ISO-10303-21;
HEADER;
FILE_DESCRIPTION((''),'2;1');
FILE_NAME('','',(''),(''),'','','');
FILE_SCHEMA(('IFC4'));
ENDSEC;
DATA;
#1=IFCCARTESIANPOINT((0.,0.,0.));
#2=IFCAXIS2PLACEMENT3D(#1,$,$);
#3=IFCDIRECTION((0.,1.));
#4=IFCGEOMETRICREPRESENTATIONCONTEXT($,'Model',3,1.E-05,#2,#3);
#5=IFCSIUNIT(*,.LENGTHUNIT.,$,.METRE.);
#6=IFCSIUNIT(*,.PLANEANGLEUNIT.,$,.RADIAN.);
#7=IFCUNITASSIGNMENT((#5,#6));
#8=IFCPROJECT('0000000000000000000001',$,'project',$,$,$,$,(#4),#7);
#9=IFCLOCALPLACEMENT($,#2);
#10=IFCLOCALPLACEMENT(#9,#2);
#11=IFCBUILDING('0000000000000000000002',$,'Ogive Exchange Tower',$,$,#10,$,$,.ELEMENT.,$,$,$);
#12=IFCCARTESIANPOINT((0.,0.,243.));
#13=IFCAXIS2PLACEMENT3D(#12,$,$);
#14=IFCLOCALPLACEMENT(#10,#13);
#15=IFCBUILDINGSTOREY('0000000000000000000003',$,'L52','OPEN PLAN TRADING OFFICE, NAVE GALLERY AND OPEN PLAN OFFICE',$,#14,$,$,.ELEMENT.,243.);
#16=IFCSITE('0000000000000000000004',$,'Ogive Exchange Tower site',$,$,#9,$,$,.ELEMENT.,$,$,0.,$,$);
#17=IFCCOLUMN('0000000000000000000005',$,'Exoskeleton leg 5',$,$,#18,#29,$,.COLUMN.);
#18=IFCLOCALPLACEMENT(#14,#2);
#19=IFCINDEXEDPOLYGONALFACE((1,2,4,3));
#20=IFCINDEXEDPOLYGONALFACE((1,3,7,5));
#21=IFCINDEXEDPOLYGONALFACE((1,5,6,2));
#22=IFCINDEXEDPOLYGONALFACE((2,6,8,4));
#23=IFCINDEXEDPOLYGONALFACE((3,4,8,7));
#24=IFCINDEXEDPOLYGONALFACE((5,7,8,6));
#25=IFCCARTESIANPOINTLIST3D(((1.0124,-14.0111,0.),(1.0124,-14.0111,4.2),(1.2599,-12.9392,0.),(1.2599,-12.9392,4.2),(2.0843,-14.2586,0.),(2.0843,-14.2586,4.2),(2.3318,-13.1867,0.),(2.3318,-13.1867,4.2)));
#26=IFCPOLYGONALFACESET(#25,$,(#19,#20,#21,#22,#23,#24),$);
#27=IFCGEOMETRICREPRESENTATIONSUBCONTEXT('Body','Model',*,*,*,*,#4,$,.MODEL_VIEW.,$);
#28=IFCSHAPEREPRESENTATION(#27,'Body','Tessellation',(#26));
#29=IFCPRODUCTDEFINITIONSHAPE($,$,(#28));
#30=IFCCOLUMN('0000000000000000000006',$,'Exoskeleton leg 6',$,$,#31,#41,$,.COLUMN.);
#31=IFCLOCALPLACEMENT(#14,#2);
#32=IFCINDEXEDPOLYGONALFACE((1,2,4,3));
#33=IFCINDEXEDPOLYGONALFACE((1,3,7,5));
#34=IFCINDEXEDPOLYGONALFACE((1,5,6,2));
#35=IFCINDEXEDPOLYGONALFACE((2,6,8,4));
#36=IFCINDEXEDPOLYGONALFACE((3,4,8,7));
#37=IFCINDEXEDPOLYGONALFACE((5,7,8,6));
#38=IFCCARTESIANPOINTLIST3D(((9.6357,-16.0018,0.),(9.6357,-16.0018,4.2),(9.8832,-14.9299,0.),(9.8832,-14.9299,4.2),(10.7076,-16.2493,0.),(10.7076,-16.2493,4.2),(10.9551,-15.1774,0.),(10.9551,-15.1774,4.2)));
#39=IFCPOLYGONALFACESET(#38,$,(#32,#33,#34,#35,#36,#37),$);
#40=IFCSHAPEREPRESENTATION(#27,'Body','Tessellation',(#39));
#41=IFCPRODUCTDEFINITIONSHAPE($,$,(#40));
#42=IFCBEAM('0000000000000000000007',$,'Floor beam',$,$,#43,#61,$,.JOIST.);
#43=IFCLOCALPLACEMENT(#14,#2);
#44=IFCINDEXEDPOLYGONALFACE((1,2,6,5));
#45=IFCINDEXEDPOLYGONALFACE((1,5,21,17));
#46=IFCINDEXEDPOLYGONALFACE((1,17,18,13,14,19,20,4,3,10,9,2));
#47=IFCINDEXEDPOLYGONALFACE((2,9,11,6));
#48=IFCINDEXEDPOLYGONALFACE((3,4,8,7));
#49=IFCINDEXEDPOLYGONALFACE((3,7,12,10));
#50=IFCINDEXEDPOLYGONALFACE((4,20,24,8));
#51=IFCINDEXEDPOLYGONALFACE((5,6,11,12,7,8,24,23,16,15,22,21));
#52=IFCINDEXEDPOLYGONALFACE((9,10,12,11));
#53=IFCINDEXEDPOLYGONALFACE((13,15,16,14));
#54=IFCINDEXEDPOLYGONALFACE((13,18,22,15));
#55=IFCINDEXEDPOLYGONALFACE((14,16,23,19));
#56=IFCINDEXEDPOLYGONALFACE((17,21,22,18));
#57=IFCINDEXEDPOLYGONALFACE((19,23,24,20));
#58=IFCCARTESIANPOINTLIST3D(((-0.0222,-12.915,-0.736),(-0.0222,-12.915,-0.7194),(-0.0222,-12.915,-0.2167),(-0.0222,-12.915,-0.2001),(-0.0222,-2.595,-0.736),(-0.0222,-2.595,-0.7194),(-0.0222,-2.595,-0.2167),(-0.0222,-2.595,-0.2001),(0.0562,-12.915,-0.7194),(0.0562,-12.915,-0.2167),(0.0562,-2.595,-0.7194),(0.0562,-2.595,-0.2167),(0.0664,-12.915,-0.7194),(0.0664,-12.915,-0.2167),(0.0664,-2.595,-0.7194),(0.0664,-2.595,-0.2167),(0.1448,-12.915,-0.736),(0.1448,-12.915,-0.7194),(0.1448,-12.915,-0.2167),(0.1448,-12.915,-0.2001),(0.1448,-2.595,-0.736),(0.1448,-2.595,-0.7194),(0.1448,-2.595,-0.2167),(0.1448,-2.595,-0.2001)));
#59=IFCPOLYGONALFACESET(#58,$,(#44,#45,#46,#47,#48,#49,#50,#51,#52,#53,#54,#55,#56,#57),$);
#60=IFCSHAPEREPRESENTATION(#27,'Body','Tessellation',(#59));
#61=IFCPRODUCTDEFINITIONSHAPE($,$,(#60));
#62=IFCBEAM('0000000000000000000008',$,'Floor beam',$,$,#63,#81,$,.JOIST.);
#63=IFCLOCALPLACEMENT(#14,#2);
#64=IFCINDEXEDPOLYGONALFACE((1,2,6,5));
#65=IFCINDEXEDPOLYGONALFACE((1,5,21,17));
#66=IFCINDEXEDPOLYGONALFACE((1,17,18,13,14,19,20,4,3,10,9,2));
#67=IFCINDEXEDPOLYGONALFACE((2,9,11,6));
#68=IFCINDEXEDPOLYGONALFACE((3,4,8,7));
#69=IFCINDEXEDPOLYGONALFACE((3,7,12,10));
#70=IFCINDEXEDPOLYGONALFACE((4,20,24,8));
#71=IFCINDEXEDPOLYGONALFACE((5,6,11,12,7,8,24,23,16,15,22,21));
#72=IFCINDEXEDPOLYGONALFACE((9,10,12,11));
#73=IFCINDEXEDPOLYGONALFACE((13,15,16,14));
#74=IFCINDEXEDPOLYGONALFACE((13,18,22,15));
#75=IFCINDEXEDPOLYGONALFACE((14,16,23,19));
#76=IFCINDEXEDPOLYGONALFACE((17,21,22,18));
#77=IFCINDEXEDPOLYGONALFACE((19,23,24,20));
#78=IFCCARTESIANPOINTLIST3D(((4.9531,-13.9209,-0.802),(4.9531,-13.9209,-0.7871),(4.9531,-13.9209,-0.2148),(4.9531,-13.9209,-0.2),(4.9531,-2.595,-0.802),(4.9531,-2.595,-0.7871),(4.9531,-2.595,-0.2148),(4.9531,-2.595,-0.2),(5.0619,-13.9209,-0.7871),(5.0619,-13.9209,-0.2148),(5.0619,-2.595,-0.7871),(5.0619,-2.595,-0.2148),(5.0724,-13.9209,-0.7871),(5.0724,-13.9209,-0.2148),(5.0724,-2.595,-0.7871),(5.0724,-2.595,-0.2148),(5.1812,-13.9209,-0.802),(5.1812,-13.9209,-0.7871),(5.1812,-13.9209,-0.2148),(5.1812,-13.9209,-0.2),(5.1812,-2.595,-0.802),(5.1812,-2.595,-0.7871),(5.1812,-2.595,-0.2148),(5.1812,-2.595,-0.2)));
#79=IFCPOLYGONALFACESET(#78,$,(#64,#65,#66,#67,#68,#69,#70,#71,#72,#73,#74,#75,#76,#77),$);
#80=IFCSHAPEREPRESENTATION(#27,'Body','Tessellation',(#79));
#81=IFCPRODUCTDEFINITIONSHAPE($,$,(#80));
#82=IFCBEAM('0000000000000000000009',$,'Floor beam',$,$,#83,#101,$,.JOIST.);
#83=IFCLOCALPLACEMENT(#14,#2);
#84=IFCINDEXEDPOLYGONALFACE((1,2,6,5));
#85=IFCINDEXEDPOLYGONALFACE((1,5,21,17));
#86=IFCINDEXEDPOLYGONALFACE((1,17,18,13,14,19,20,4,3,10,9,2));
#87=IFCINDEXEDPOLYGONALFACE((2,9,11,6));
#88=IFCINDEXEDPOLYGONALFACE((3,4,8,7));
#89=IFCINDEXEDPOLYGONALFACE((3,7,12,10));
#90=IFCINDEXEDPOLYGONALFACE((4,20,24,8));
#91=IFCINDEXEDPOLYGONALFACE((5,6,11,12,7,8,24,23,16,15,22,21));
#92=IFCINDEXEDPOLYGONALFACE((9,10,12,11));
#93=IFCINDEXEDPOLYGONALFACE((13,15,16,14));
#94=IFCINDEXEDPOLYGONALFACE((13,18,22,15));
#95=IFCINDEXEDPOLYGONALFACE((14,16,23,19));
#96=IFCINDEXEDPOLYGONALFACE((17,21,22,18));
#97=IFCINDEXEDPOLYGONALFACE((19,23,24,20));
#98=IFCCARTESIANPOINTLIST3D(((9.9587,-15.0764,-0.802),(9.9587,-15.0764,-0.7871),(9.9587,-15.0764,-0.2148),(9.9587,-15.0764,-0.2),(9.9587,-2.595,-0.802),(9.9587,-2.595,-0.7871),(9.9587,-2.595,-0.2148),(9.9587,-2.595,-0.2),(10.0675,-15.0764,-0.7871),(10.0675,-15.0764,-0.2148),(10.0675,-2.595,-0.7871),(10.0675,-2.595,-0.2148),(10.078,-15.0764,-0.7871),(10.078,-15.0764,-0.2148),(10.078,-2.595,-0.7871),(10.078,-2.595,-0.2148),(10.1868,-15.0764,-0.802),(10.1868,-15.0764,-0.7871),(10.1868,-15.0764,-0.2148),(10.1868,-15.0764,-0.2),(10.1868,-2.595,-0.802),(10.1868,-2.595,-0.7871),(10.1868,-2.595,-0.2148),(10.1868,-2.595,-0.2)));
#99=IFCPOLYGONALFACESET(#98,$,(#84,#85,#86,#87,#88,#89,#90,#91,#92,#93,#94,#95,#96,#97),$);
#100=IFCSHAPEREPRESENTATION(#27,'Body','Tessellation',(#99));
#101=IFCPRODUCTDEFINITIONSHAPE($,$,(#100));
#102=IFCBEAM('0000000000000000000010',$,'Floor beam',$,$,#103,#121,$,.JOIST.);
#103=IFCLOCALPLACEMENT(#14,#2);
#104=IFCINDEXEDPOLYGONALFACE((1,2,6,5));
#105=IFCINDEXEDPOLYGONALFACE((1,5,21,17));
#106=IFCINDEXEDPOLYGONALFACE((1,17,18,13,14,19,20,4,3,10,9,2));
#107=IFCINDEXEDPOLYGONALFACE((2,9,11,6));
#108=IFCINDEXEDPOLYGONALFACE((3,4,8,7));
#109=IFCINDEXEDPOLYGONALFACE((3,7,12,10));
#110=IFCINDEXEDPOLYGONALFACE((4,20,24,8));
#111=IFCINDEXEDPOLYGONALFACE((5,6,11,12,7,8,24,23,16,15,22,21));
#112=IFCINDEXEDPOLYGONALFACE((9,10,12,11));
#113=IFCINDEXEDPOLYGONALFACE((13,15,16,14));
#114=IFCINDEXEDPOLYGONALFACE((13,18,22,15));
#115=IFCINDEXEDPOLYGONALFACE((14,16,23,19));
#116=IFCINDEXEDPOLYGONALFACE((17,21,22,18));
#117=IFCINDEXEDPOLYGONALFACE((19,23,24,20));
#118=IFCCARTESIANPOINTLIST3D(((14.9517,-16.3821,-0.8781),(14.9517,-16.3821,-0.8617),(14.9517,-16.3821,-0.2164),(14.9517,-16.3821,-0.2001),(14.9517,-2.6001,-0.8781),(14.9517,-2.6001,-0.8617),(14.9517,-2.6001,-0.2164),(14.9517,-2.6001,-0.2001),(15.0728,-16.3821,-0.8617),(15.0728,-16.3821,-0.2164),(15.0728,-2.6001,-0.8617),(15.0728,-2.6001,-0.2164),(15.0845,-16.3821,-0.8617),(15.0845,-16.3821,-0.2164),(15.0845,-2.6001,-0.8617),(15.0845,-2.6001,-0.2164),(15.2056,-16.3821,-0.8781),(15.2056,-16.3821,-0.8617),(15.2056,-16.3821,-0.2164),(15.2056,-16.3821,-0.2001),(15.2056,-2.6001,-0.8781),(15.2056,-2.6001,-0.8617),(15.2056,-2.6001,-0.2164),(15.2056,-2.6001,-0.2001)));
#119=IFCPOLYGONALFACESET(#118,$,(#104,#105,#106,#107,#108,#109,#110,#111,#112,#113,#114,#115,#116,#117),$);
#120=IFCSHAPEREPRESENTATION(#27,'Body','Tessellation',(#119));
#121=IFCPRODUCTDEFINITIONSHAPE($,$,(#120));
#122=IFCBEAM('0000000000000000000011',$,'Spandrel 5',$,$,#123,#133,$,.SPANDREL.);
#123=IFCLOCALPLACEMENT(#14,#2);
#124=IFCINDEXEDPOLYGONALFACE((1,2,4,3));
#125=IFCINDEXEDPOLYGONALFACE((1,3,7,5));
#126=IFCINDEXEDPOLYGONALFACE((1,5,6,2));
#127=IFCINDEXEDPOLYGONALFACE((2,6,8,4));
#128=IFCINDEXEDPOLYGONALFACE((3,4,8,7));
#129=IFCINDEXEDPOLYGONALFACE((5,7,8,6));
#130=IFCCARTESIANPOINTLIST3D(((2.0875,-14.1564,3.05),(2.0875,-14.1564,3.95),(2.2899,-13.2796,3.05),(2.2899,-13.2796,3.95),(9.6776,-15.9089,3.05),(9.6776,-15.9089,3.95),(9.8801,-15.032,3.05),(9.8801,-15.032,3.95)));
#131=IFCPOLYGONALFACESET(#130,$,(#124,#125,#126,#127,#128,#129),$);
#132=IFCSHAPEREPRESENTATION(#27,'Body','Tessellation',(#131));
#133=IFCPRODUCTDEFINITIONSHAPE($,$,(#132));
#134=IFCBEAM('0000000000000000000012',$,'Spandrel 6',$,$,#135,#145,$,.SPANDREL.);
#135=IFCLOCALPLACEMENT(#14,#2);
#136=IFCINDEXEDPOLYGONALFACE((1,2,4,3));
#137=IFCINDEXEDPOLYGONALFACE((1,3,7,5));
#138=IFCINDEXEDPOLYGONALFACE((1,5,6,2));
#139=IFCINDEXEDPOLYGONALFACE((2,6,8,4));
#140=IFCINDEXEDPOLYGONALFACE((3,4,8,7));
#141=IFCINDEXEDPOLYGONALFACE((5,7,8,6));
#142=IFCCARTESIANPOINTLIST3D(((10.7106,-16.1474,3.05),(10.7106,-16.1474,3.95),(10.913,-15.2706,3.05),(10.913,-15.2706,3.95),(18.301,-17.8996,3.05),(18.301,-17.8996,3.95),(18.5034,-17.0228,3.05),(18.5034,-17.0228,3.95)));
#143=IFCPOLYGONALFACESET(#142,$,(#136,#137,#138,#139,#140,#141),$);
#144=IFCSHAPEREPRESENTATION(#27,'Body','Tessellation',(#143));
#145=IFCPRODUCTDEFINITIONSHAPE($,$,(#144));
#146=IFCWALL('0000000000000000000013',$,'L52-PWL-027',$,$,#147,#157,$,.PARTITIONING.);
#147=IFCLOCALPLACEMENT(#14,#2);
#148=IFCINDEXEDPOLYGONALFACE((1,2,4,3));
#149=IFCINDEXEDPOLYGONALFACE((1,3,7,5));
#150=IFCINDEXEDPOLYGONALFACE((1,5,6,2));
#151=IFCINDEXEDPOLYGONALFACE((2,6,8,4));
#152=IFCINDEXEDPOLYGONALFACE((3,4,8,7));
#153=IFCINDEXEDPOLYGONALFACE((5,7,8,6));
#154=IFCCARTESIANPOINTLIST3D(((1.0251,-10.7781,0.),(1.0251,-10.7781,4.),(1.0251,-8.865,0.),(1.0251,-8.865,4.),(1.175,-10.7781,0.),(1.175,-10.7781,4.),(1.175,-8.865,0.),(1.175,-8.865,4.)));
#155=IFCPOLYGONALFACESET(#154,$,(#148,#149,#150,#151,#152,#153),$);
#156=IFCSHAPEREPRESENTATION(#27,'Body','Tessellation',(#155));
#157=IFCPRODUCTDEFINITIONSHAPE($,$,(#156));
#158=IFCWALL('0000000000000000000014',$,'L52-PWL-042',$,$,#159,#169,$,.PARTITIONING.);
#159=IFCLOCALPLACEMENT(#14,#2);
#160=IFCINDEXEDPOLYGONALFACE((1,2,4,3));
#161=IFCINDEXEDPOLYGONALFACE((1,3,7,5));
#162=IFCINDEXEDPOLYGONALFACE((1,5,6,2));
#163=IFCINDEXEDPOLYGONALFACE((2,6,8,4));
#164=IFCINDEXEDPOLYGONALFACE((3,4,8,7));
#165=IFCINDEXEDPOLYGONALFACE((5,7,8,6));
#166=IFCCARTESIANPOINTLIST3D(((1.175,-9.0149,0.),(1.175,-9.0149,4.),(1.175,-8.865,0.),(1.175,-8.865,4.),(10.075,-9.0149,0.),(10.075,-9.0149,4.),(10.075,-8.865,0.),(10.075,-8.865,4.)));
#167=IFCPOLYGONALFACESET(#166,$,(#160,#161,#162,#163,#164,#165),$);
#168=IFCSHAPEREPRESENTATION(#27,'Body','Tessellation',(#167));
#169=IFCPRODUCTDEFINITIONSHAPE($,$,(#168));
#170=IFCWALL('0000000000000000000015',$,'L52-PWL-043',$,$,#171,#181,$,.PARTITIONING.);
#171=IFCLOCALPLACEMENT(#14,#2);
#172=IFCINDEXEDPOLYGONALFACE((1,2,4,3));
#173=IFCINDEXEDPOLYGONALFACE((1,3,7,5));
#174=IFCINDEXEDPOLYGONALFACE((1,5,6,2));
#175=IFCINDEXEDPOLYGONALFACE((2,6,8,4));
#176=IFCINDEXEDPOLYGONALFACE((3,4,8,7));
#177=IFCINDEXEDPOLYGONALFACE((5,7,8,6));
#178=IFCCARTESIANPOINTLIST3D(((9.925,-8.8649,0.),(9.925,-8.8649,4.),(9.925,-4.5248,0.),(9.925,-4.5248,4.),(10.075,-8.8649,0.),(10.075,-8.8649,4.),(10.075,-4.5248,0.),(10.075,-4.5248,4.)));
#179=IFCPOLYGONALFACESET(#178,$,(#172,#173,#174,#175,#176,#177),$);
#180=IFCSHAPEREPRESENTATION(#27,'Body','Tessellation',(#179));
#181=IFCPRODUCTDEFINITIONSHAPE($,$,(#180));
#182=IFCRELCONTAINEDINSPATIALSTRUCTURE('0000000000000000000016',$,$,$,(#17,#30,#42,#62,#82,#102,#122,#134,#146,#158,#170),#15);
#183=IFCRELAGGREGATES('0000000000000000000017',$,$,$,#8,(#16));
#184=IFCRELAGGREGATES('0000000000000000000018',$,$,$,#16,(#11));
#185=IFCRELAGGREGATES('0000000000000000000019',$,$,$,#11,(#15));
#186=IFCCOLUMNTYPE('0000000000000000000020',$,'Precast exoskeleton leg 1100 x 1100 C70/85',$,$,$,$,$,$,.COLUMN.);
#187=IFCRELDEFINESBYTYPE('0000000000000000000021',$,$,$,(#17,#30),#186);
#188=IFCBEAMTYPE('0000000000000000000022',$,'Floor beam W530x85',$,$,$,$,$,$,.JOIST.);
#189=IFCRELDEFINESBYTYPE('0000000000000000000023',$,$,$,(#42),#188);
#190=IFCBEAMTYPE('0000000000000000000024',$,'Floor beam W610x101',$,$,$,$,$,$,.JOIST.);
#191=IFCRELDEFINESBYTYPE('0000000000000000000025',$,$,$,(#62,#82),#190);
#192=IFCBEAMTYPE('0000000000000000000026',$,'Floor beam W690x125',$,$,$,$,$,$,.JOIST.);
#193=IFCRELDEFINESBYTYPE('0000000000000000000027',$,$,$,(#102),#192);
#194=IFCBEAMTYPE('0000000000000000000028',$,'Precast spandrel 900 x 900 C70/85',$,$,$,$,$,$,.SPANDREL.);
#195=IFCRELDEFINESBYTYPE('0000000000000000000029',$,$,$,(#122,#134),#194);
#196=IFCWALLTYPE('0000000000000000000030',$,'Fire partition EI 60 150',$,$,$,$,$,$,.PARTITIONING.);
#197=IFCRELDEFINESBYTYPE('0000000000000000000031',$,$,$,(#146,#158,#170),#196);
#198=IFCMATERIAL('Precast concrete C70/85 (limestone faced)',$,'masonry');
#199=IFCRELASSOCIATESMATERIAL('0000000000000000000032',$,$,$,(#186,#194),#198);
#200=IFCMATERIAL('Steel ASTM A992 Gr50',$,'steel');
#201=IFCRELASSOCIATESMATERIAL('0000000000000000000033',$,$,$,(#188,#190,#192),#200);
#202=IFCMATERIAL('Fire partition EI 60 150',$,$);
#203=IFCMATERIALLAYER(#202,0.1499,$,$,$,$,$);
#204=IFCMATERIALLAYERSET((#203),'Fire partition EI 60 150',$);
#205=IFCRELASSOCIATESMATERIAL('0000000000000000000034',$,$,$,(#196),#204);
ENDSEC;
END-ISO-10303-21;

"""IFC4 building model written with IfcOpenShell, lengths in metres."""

from ifc_helpers import new_model, si_unit, direction, frame, frame_2d, origin, origin_2d, place, context, subcontext, project, spatial, rectangle, i_section, extrude, material, layer, layer_set, material_profile, profile_set, type_object, element, save


model = new_model("IFC4")

# Units and contexts
model_context = context("Model", 3, precision=1e-05, world=origin(), true_north=direction((0.0, 1.0)))
body_context = subcontext(model_context, "Body", "Model", "MODEL_VIEW")
ifc_project = project(units=[si_unit("LENGTHUNIT", "METRE"), si_unit("PLANEANGLEUNIT", "RADIAN")], contexts=[model_context])

# Site, building, storey
site_placement = place(None, origin())
site = spatial("IfcSite", under=ifc_project, at=site_placement, Name="Ogive Exchange Tower site", CompositionType="ELEMENT", RefElevation=0.0)
building_placement = place(site_placement, origin())
building = spatial("IfcBuilding", under=site, at=building_placement, Name="Ogive Exchange Tower", CompositionType="ELEMENT")
storey_placement = place(building_placement, frame((0.0, 0.0, 243.0)))
storey = spatial("IfcBuildingStorey", under=building, at=storey_placement, Name="L52", Description="OPEN PLAN TRADING OFFICE, NAVE GALLERY AND OPEN PLAN OFFICE", CompositionType="ELEMENT", Elevation=243.0)

# Columns
ifc_material_1 = material(Name="Precast concrete C70/85 (limestone faced)", Category="masonry")
ifc_material_profile_1 = material_profile(ifc_material_1, rectangle(XDim=1.1001, YDim=1.1001, at=origin_2d()), Name="1100 x 1100")
ifc_profile_set_1 = profile_set([ifc_material_profile_1], Name="Precast concrete C70/85 (limestone faced)")
column_type = type_object("IfcColumnType", Name="Precast exoskeleton leg 1100 x 1100 C70/85", PredefinedType="COLUMN", material=ifc_profile_set_1)
for number, where, z_axis, x_axis, name in (
    (1, (1.6721, -13.5989, 0.0), (0.0, 0.0, 1.0), (0.97437, -0.224951, 0.0), "Exoskeleton leg 5"),
    (2, (10.2954, -15.5896, 0.0), (0.0, 0.0, 1.0), (0.97437, -0.224951, 0.0), "Exoskeleton leg 6"),
):
    element("IfcColumn", number, at=place(storey_placement, frame(where, z_axis=z_axis, x_axis=x_axis)), inside=storey, type_object=column_type, Name=name, PredefinedType="COLUMN", context=body_context, shape_type="SweptSolid", body=[
        extrude(rectangle(XDim=1.1001, YDim=1.1001, at=origin_2d()), origin(), (0.0, 0.0, 1.0), 4.2),
    ])

# Beams
ifc_material_2 = material(Name="Steel ASTM A992 Gr50", Category="steel")
ifc_material_profile_2 = material_profile(ifc_material_2, i_section(OverallWidth=0.167, OverallDepth=0.5359, WebThickness=0.0103, FlangeThickness=0.0166, at=origin_2d()), Name="W530x85")
ifc_profile_set_2 = profile_set([ifc_material_profile_2], Name="Steel ASTM A992 Gr50")
beam_type_1 = type_object("IfcBeamType", Name="Floor beam W530x85", PredefinedType="JOIST", material=ifc_profile_set_2)
beam_1_placement = place(storey_placement, frame((0.0613, -12.915, -0.468), z_axis=(0.0, 1.0, 0.0), x_axis=(-1.0, 0.0, 0.0)))
element("IfcBeam", 3, at=beam_1_placement, inside=storey, type_object=beam_type_1, Name="Floor beam", PredefinedType="JOIST", context=body_context, shape_type="SweptSolid", body=[
    extrude(i_section(OverallWidth=0.167, OverallDepth=0.5359, WebThickness=0.0103, FlangeThickness=0.0166, at=origin_2d()), origin(), (0.0, 0.0, 1.0), 10.3201),
])
ifc_material_profile_3 = material_profile(ifc_material_2, i_section(OverallWidth=0.228, OverallDepth=0.6021, WebThickness=0.0105, FlangeThickness=0.0149, at=origin_2d()), Name="W610x101")
ifc_profile_set_3 = profile_set([ifc_material_profile_3], Name="Steel ASTM A992 Gr50")
beam_type_2 = type_object("IfcBeamType", Name="Floor beam W610x101", PredefinedType="JOIST", material=ifc_profile_set_3)
beam_2_placement = place(storey_placement, frame((5.0671, -13.9209, -0.501), z_axis=(0.0, 1.0, 0.0), x_axis=(-1.0, 0.0, 0.0)))
element("IfcBeam", 4, at=beam_2_placement, inside=storey, type_object=beam_type_2, Name="Floor beam", PredefinedType="JOIST", context=body_context, shape_type="SweptSolid", body=[
    extrude(i_section(OverallWidth=0.228, OverallDepth=0.6021, WebThickness=0.0105, FlangeThickness=0.0149, at=origin_2d()), origin(), (0.0, 0.0, 1.0), 11.3259),
])
beam_3_placement = place(storey_placement, frame((10.0728, -15.0764, -0.501), z_axis=(0.0, 1.0, 0.0), x_axis=(-1.0, 0.0, 0.0)))
element("IfcBeam", 5, at=beam_3_placement, inside=storey, type_object=beam_type_2, Name="Floor beam", PredefinedType="JOIST", context=body_context, shape_type="SweptSolid", body=[
    extrude(i_section(OverallWidth=0.228, OverallDepth=0.6021, WebThickness=0.0105, FlangeThickness=0.0149, at=origin_2d()), origin(), (0.0, 0.0, 1.0), 12.4814),
])
ifc_material_profile_4 = material_profile(ifc_material_2, i_section(OverallWidth=0.2539, OverallDepth=0.678, WebThickness=0.0117, FlangeThickness=0.0164, at=origin_2d()), Name="W690x125")
ifc_profile_set_4 = profile_set([ifc_material_profile_4], Name="Steel ASTM A992 Gr50")
beam_type_3 = type_object("IfcBeamType", Name="Floor beam W690x125", PredefinedType="JOIST", material=ifc_profile_set_4)
beam_4_placement = place(storey_placement, frame((15.0786, -16.3821, -0.5391), z_axis=(0.0, 1.0, 0.0), x_axis=(-1.0, 0.0, 0.0)))
element("IfcBeam", 6, at=beam_4_placement, inside=storey, type_object=beam_type_3, Name="Floor beam", PredefinedType="JOIST", context=body_context, shape_type="SweptSolid", body=[
    extrude(i_section(OverallWidth=0.2539, OverallDepth=0.678, WebThickness=0.0117, FlangeThickness=0.0164, at=origin_2d()), origin(), (0.0, 0.0, 1.0), 13.782),
])
ifc_material_profile_5 = material_profile(ifc_material_1, rectangle(XDim=0.8999, YDim=0.8999, at=origin_2d()), Name="900 x 900")
ifc_profile_set_5 = profile_set([ifc_material_profile_5], Name="Precast concrete C70/85 (limestone faced)")
beam_type_4 = type_object("IfcBeamType", Name="Precast spandrel 900 x 900 C70/85", PredefinedType="SPANDREL", material=ifc_profile_set_5)
beam_5_placement = place(storey_placement, frame((2.1887, -13.718, 3.5), z_axis=(0.974366, -0.224967, 0.0), x_axis=(0.224967, 0.974366, 0.0)))
element("IfcBeam", 7, at=beam_5_placement, inside=storey, type_object=beam_type_4, Name="Spandrel 5", PredefinedType="SPANDREL", context=body_context, shape_type="SweptSolid", body=[
    extrude(rectangle(XDim=0.8999, YDim=0.8999, at=origin_2d()), origin(), (0.0, 0.0, 1.0), 7.7898),
])
beam_6_placement = place(storey_placement, frame((10.8118, -15.709, 3.5), z_axis=(0.974375, -0.22493, 0.0), x_axis=(0.22493, 0.974375, 0.0)))
element("IfcBeam", 8, at=beam_6_placement, inside=storey, type_object=beam_type_4, Name="Spandrel 6", PredefinedType="SPANDREL", context=body_context, shape_type="SweptSolid", body=[
    extrude(rectangle(XDim=0.8999, YDim=0.8999, at=origin_2d()), origin(), (0.0, 0.0, 1.0), 7.79),
])

# Walls
ifc_material_3 = material(Name="Fire partition EI 60 150")
ifc_layer_1 = layer(ifc_material_3, 0.1499)
ifc_layer_set_1 = layer_set([ifc_layer_1], Name="Fire partition EI 60 150")
wall_type_1 = type_object("IfcWallType", Name="Fire partition EI 60 150", PredefinedType="PARTITIONING", material=ifc_layer_set_1)
wall_1_placement = place(storey_placement, frame((1.1001, -8.865, 0.0), z_axis=(0.0, 0.0, 1.0), x_axis=(0.0, -1.0, 0.0)))
element("IfcWall", 9, at=wall_1_placement, inside=storey, type_object=wall_type_1, Name="L52-PWL-027", PredefinedType="PARTITIONING", context=body_context, shape_type="SweptSolid", body=[
    extrude(rectangle(XDim=1.9131, YDim=0.1499, at=frame_2d((0.9565, 0.0))), origin(), (0.0, 0.0, 1.0), 4.0),
])
wall_2_placement = place(storey_placement, frame((10.075, -8.9399, 0.0), z_axis=(0.0, 0.0, 1.0), x_axis=(-1.0, 0.0, 0.0)))
element("IfcWall", 10, at=wall_2_placement, inside=storey, type_object=wall_type_1, Name="L52-PWL-042", PredefinedType="PARTITIONING", context=body_context, shape_type="SweptSolid", body=[
    extrude(rectangle(XDim=8.8999, YDim=0.1499, at=frame_2d((4.45, 0.0))), origin(), (0.0, 0.0, 1.0), 4.0),
])
wall_3_placement = place(storey_placement, frame((10.0, -4.5249, 0.0), z_axis=(0.0, 0.0, 1.0), x_axis=(0.0, -1.0, 0.0)))
element("IfcWall", 11, at=wall_3_placement, inside=storey, type_object=wall_type_1, Name="L52-PWL-043", PredefinedType="PARTITIONING", context=body_context, shape_type="SweptSolid", body=[
    extrude(rectangle(XDim=4.3401, YDim=0.1499, at=frame_2d((2.1699, 0.0))), origin(), (0.0, 0.0, 1.0), 4.0),
])

save(model, "model.ifc")
